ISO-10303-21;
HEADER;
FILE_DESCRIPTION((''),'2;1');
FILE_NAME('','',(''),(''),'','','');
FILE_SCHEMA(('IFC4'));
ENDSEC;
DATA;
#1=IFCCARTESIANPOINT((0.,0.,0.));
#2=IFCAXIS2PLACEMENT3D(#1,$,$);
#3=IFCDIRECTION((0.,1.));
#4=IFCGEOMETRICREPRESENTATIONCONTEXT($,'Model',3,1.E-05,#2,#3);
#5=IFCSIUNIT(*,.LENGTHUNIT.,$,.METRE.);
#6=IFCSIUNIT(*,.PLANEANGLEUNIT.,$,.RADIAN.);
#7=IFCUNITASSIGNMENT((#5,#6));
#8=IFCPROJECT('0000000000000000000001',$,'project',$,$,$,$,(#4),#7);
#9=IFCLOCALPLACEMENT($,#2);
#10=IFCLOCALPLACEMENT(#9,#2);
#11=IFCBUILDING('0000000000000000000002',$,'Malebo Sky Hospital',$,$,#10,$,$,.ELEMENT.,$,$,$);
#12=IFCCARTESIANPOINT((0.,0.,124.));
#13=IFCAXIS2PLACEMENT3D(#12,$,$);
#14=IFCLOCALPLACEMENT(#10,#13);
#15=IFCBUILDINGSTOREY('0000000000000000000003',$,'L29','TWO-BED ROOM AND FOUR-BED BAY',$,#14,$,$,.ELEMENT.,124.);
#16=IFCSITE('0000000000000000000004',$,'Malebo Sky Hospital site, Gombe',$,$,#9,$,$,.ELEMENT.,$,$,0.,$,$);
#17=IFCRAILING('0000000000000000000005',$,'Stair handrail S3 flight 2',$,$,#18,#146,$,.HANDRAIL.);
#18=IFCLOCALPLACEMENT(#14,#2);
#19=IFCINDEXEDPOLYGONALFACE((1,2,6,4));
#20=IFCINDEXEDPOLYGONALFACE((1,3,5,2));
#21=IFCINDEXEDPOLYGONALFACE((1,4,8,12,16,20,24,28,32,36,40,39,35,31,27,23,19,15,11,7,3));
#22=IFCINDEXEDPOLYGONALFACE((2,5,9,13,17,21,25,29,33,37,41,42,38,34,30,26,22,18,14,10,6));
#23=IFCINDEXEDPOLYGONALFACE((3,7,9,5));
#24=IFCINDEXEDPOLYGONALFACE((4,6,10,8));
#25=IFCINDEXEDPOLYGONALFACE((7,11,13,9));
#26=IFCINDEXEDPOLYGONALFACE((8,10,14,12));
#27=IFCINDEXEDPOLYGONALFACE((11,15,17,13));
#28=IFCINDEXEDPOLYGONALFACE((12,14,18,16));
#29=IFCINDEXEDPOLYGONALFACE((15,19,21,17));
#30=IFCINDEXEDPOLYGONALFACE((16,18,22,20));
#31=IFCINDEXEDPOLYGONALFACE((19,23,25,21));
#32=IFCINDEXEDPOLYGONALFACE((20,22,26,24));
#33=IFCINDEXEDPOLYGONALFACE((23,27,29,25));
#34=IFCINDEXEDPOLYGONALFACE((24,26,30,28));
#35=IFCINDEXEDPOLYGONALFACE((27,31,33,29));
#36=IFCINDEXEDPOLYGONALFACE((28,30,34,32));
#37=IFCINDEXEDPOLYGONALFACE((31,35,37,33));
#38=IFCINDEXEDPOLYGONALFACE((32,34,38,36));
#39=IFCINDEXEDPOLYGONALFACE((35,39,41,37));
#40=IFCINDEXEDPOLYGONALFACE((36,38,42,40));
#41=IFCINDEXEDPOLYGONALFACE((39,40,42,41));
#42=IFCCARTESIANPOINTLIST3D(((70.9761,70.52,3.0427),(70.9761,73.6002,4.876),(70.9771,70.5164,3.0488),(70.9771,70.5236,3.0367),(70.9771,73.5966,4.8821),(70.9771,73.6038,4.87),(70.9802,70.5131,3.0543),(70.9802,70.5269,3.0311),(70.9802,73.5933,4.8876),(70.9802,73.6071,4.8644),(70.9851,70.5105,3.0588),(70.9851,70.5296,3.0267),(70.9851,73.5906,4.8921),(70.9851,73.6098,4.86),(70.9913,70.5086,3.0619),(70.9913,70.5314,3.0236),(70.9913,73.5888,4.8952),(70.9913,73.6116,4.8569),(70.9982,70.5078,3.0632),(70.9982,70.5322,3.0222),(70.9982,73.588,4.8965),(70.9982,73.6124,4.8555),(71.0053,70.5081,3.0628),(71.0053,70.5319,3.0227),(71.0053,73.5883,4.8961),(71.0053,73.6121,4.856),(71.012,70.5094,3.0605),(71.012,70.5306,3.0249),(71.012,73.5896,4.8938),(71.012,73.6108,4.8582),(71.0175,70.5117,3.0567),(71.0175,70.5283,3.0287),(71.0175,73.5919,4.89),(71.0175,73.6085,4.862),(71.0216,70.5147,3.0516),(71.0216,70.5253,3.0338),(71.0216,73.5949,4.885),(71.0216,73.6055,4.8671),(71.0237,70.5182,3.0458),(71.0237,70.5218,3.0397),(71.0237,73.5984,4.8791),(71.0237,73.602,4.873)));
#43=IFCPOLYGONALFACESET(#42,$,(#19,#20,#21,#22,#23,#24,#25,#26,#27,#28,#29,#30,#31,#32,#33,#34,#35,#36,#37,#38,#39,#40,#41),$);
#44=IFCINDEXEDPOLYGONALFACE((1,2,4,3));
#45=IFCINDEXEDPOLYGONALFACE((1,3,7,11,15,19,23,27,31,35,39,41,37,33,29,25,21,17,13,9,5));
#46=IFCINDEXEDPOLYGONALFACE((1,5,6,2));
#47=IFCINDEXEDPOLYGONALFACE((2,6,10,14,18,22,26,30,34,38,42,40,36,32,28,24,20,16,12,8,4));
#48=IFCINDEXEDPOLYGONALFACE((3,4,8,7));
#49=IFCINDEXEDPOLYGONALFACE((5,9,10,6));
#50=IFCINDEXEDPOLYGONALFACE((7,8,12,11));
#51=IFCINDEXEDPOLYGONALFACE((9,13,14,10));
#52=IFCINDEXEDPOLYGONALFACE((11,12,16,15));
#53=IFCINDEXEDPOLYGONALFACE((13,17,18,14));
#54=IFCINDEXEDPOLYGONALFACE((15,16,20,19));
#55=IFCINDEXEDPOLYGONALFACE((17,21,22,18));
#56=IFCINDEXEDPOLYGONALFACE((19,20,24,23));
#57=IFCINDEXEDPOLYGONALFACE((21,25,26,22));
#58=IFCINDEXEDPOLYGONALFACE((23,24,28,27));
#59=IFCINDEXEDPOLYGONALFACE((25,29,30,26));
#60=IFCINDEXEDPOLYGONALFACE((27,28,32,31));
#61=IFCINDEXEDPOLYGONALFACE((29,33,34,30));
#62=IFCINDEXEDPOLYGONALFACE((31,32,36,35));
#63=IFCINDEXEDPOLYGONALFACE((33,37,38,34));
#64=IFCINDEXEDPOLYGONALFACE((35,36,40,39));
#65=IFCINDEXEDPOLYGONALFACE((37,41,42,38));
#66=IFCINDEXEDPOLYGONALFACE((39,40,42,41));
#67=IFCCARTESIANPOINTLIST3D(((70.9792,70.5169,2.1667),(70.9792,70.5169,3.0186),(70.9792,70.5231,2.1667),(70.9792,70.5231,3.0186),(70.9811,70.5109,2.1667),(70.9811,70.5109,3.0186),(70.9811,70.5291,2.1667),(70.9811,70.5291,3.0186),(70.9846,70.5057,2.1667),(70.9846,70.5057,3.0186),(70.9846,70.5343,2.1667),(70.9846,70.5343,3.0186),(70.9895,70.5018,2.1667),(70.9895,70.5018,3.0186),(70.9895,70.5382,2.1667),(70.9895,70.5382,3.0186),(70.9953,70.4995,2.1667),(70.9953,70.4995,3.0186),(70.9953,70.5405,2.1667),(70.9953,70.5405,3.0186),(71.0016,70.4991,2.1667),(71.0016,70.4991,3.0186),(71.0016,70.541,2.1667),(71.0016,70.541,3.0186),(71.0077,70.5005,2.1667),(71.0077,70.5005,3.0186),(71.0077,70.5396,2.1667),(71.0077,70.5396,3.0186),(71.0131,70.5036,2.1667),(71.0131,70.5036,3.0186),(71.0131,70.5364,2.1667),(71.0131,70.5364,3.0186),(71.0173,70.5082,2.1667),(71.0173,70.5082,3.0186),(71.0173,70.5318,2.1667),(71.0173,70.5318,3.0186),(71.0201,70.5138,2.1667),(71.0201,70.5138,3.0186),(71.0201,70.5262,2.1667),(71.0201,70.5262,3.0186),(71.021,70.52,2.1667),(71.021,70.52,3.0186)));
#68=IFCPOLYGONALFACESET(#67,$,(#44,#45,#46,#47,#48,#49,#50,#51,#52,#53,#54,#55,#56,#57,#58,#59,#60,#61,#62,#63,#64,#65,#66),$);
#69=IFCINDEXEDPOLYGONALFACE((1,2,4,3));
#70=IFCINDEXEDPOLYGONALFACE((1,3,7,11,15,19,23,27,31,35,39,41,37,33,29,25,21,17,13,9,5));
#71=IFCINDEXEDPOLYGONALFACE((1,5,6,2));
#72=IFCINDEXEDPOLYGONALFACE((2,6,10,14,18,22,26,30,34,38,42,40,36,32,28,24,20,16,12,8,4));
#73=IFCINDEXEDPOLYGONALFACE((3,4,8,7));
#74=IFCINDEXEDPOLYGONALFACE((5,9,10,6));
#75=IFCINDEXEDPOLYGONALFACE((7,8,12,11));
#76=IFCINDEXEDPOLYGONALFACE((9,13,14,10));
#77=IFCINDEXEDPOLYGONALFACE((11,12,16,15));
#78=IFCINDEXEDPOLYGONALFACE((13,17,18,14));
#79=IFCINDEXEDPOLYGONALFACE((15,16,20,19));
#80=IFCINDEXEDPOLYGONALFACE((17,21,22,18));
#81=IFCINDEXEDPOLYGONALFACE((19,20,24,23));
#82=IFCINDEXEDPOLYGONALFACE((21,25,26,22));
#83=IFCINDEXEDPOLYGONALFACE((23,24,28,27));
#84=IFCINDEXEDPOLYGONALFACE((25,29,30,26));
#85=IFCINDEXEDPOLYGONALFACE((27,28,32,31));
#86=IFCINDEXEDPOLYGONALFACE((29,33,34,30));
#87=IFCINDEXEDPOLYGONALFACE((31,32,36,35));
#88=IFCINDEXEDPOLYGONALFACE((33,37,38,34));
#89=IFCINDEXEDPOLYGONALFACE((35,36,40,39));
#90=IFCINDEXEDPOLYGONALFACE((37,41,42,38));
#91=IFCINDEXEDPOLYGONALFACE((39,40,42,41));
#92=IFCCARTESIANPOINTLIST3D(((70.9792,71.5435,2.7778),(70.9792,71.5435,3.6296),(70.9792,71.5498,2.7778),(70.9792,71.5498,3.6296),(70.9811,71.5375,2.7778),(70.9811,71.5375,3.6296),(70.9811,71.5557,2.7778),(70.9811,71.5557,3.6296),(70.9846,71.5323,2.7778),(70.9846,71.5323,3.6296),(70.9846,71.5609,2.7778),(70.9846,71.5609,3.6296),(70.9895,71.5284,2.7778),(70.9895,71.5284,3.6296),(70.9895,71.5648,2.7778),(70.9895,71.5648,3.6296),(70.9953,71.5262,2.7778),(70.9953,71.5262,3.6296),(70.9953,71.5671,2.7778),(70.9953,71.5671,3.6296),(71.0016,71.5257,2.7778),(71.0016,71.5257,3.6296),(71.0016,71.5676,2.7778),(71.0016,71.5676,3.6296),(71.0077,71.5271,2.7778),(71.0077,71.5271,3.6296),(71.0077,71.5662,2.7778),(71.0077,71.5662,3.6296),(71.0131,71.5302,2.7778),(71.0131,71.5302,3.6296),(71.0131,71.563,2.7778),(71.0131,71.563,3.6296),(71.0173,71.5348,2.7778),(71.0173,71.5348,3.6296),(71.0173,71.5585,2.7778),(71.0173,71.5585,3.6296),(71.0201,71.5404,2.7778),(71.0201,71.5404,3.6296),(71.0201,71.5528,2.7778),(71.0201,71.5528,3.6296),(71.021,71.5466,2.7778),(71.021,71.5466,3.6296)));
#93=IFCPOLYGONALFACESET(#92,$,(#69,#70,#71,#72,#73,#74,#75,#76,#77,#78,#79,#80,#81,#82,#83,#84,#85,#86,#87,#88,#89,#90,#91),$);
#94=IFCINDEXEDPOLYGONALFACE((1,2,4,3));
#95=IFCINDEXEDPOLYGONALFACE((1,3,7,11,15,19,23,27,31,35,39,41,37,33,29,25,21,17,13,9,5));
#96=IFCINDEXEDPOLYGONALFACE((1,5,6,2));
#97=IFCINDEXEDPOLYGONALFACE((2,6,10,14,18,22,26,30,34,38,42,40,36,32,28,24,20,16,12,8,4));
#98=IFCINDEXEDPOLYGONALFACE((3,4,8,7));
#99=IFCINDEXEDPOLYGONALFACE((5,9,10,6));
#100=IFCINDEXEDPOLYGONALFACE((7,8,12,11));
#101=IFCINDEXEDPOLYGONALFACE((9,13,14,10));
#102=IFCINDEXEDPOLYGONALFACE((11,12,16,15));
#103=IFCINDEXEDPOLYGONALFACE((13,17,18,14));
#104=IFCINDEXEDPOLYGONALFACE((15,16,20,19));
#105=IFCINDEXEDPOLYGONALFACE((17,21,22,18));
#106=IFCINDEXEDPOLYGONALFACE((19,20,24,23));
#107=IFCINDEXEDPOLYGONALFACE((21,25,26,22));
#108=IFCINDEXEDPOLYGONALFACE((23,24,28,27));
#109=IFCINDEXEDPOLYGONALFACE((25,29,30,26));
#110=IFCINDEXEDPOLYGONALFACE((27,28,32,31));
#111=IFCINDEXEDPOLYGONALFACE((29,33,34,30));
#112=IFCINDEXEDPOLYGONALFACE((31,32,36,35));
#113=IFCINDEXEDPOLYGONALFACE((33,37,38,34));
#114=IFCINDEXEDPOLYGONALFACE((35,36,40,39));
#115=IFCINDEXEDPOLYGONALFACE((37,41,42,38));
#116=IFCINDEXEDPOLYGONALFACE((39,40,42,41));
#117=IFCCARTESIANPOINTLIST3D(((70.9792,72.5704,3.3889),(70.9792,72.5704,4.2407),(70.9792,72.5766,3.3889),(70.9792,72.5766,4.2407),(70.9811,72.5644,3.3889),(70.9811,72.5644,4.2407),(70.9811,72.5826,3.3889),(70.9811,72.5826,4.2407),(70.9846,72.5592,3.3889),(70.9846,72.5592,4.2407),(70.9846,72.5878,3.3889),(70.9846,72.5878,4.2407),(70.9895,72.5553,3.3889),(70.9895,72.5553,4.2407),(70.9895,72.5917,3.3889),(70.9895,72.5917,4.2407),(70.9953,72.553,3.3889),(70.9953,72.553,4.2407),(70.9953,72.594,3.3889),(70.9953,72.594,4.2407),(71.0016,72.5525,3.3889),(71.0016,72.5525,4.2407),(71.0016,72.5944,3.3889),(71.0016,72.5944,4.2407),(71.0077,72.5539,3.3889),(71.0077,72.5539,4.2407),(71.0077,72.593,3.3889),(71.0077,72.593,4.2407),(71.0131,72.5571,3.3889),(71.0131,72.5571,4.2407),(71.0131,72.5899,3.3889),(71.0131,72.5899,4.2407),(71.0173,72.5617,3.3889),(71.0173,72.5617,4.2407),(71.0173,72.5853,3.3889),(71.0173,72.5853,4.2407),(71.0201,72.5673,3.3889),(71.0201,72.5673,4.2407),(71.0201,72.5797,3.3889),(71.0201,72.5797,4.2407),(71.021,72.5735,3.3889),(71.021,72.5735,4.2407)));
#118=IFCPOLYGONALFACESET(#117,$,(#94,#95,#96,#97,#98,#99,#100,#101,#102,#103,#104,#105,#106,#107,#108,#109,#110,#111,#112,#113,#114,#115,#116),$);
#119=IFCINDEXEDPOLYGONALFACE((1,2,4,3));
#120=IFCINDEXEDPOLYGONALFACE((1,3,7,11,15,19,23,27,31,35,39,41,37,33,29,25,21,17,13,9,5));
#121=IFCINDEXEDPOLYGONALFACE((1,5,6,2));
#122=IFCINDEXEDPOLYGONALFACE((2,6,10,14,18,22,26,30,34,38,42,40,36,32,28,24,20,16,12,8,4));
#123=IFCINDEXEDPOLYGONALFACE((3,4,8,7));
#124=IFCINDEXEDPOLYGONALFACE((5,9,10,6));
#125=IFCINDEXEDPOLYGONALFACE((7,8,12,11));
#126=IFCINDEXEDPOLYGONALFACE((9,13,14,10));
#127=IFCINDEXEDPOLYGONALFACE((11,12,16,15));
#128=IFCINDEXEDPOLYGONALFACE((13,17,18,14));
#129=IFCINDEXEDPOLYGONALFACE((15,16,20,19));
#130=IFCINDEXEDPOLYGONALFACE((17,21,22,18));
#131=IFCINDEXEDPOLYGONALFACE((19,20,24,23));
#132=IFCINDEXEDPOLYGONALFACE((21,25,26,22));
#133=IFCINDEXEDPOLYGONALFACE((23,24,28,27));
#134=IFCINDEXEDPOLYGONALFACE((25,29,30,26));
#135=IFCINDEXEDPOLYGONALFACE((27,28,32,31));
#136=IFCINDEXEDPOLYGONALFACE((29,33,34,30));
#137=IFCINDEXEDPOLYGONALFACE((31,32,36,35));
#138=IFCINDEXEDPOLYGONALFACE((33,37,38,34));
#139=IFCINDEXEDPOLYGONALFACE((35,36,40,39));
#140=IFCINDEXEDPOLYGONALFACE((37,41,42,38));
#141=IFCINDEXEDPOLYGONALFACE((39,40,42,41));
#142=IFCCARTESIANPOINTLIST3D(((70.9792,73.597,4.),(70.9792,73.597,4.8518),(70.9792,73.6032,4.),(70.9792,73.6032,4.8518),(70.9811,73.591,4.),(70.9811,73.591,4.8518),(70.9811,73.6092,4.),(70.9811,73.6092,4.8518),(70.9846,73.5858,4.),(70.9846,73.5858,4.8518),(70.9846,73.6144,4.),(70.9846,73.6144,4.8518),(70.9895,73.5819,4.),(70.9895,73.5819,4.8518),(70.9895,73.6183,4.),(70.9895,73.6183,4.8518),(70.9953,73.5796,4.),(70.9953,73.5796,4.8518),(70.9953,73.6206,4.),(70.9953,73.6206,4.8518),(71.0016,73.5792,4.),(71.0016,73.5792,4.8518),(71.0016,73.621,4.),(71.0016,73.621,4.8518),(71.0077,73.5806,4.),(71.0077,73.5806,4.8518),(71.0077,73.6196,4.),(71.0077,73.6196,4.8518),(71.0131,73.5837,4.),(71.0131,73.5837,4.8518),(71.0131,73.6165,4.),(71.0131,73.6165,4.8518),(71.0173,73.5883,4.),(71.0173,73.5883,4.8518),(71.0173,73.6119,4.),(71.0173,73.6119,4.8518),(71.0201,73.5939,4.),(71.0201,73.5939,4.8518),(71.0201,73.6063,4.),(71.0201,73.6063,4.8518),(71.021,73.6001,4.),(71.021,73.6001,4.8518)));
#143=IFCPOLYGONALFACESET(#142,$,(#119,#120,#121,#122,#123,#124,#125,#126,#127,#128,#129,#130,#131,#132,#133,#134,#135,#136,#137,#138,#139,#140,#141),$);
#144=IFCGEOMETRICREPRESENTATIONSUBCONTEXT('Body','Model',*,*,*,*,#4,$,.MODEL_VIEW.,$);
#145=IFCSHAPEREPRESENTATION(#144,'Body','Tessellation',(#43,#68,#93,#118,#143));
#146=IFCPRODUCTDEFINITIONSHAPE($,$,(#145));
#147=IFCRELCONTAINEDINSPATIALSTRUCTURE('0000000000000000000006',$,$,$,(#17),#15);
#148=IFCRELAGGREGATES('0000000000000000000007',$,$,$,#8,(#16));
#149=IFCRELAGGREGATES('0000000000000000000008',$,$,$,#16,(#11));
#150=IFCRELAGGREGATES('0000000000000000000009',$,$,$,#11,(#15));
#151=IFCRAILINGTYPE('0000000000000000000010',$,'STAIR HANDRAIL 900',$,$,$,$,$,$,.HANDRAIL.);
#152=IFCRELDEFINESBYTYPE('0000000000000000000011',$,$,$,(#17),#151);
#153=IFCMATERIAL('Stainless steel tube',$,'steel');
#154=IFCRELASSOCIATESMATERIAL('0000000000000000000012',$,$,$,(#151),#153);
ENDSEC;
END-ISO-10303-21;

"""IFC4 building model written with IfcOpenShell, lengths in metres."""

from ifc_helpers import new_model, si_unit, direction, frame, origin, origin_2d, place, context, subcontext, project, spatial, circle, extrude, material, type_object, element, save


model = new_model("IFC4")

# Units and contexts
model_context = context("Model", 3, precision=1e-05, world=origin(), true_north=direction((0.0, 1.0)))
body_context = subcontext(model_context, "Body", "Model", "MODEL_VIEW")
ifc_project = project(units=[si_unit("LENGTHUNIT", "METRE"), si_unit("PLANEANGLEUNIT", "RADIAN")], contexts=[model_context])

# Site, building, storey
site_placement = place(None, origin())
site = spatial("IfcSite", under=ifc_project, at=site_placement, Name="Malebo Sky Hospital site, Gombe", CompositionType="ELEMENT", RefElevation=0.0)
building_placement = place(site_placement, origin())
building = spatial("IfcBuilding", under=site, at=building_placement, Name="Malebo Sky Hospital", CompositionType="ELEMENT")
storey_placement = place(building_placement, frame((0.0, 0.0, 124.0)))
storey = spatial("IfcBuildingStorey", under=building, at=storey_placement, Name="L29", Description="TWO-BED ROOM AND FOUR-BED BAY", CompositionType="ELEMENT", Elevation=124.0)

# Railing
ifc_material_1 = material(Name="Stainless steel tube", Category="steel")
railing_type = type_object("IfcRailingType", Name="STAIR HANDRAIL 900", PredefinedType="HANDRAIL", material=ifc_material_1)
railing_1_placement = place(storey_placement, frame((71.0, 70.52, 2.1667)))
element("IfcRailing", 1, at=railing_1_placement, inside=storey, type_object=railing_type, Name="Stair handrail S3 flight 2", PredefinedType="HANDRAIL", context=body_context, shape_type="SweptSolid", body=[
    extrude(circle(Radius=0.0239, at=origin_2d()), frame((0.0, 0.0, 0.876), z_axis=(0.0, 0.859309, 0.511458), x_axis=(-1.0, 0.0, 0.0)), (0.0, 0.0, 1.0), 3.5845),
    extrude(circle(Radius=0.021, at=origin_2d()), origin(), (0.0, 0.0, 1.0), 0.8518),
    extrude(circle(Radius=0.021, at=origin_2d()), frame((0.0, 1.0266, 0.6111)), (0.0, 0.0, 1.0), 0.8518),
    extrude(circle(Radius=0.021, at=origin_2d()), frame((0.0, 2.0535, 1.2222)), (0.0, 0.0, 1.0), 0.8518),
    extrude(circle(Radius=0.021, at=origin_2d()), frame((0.0, 3.0801, 1.8333)), (0.0, 0.0, 1.0), 0.8518),
])

save(model, "model.ifc")
